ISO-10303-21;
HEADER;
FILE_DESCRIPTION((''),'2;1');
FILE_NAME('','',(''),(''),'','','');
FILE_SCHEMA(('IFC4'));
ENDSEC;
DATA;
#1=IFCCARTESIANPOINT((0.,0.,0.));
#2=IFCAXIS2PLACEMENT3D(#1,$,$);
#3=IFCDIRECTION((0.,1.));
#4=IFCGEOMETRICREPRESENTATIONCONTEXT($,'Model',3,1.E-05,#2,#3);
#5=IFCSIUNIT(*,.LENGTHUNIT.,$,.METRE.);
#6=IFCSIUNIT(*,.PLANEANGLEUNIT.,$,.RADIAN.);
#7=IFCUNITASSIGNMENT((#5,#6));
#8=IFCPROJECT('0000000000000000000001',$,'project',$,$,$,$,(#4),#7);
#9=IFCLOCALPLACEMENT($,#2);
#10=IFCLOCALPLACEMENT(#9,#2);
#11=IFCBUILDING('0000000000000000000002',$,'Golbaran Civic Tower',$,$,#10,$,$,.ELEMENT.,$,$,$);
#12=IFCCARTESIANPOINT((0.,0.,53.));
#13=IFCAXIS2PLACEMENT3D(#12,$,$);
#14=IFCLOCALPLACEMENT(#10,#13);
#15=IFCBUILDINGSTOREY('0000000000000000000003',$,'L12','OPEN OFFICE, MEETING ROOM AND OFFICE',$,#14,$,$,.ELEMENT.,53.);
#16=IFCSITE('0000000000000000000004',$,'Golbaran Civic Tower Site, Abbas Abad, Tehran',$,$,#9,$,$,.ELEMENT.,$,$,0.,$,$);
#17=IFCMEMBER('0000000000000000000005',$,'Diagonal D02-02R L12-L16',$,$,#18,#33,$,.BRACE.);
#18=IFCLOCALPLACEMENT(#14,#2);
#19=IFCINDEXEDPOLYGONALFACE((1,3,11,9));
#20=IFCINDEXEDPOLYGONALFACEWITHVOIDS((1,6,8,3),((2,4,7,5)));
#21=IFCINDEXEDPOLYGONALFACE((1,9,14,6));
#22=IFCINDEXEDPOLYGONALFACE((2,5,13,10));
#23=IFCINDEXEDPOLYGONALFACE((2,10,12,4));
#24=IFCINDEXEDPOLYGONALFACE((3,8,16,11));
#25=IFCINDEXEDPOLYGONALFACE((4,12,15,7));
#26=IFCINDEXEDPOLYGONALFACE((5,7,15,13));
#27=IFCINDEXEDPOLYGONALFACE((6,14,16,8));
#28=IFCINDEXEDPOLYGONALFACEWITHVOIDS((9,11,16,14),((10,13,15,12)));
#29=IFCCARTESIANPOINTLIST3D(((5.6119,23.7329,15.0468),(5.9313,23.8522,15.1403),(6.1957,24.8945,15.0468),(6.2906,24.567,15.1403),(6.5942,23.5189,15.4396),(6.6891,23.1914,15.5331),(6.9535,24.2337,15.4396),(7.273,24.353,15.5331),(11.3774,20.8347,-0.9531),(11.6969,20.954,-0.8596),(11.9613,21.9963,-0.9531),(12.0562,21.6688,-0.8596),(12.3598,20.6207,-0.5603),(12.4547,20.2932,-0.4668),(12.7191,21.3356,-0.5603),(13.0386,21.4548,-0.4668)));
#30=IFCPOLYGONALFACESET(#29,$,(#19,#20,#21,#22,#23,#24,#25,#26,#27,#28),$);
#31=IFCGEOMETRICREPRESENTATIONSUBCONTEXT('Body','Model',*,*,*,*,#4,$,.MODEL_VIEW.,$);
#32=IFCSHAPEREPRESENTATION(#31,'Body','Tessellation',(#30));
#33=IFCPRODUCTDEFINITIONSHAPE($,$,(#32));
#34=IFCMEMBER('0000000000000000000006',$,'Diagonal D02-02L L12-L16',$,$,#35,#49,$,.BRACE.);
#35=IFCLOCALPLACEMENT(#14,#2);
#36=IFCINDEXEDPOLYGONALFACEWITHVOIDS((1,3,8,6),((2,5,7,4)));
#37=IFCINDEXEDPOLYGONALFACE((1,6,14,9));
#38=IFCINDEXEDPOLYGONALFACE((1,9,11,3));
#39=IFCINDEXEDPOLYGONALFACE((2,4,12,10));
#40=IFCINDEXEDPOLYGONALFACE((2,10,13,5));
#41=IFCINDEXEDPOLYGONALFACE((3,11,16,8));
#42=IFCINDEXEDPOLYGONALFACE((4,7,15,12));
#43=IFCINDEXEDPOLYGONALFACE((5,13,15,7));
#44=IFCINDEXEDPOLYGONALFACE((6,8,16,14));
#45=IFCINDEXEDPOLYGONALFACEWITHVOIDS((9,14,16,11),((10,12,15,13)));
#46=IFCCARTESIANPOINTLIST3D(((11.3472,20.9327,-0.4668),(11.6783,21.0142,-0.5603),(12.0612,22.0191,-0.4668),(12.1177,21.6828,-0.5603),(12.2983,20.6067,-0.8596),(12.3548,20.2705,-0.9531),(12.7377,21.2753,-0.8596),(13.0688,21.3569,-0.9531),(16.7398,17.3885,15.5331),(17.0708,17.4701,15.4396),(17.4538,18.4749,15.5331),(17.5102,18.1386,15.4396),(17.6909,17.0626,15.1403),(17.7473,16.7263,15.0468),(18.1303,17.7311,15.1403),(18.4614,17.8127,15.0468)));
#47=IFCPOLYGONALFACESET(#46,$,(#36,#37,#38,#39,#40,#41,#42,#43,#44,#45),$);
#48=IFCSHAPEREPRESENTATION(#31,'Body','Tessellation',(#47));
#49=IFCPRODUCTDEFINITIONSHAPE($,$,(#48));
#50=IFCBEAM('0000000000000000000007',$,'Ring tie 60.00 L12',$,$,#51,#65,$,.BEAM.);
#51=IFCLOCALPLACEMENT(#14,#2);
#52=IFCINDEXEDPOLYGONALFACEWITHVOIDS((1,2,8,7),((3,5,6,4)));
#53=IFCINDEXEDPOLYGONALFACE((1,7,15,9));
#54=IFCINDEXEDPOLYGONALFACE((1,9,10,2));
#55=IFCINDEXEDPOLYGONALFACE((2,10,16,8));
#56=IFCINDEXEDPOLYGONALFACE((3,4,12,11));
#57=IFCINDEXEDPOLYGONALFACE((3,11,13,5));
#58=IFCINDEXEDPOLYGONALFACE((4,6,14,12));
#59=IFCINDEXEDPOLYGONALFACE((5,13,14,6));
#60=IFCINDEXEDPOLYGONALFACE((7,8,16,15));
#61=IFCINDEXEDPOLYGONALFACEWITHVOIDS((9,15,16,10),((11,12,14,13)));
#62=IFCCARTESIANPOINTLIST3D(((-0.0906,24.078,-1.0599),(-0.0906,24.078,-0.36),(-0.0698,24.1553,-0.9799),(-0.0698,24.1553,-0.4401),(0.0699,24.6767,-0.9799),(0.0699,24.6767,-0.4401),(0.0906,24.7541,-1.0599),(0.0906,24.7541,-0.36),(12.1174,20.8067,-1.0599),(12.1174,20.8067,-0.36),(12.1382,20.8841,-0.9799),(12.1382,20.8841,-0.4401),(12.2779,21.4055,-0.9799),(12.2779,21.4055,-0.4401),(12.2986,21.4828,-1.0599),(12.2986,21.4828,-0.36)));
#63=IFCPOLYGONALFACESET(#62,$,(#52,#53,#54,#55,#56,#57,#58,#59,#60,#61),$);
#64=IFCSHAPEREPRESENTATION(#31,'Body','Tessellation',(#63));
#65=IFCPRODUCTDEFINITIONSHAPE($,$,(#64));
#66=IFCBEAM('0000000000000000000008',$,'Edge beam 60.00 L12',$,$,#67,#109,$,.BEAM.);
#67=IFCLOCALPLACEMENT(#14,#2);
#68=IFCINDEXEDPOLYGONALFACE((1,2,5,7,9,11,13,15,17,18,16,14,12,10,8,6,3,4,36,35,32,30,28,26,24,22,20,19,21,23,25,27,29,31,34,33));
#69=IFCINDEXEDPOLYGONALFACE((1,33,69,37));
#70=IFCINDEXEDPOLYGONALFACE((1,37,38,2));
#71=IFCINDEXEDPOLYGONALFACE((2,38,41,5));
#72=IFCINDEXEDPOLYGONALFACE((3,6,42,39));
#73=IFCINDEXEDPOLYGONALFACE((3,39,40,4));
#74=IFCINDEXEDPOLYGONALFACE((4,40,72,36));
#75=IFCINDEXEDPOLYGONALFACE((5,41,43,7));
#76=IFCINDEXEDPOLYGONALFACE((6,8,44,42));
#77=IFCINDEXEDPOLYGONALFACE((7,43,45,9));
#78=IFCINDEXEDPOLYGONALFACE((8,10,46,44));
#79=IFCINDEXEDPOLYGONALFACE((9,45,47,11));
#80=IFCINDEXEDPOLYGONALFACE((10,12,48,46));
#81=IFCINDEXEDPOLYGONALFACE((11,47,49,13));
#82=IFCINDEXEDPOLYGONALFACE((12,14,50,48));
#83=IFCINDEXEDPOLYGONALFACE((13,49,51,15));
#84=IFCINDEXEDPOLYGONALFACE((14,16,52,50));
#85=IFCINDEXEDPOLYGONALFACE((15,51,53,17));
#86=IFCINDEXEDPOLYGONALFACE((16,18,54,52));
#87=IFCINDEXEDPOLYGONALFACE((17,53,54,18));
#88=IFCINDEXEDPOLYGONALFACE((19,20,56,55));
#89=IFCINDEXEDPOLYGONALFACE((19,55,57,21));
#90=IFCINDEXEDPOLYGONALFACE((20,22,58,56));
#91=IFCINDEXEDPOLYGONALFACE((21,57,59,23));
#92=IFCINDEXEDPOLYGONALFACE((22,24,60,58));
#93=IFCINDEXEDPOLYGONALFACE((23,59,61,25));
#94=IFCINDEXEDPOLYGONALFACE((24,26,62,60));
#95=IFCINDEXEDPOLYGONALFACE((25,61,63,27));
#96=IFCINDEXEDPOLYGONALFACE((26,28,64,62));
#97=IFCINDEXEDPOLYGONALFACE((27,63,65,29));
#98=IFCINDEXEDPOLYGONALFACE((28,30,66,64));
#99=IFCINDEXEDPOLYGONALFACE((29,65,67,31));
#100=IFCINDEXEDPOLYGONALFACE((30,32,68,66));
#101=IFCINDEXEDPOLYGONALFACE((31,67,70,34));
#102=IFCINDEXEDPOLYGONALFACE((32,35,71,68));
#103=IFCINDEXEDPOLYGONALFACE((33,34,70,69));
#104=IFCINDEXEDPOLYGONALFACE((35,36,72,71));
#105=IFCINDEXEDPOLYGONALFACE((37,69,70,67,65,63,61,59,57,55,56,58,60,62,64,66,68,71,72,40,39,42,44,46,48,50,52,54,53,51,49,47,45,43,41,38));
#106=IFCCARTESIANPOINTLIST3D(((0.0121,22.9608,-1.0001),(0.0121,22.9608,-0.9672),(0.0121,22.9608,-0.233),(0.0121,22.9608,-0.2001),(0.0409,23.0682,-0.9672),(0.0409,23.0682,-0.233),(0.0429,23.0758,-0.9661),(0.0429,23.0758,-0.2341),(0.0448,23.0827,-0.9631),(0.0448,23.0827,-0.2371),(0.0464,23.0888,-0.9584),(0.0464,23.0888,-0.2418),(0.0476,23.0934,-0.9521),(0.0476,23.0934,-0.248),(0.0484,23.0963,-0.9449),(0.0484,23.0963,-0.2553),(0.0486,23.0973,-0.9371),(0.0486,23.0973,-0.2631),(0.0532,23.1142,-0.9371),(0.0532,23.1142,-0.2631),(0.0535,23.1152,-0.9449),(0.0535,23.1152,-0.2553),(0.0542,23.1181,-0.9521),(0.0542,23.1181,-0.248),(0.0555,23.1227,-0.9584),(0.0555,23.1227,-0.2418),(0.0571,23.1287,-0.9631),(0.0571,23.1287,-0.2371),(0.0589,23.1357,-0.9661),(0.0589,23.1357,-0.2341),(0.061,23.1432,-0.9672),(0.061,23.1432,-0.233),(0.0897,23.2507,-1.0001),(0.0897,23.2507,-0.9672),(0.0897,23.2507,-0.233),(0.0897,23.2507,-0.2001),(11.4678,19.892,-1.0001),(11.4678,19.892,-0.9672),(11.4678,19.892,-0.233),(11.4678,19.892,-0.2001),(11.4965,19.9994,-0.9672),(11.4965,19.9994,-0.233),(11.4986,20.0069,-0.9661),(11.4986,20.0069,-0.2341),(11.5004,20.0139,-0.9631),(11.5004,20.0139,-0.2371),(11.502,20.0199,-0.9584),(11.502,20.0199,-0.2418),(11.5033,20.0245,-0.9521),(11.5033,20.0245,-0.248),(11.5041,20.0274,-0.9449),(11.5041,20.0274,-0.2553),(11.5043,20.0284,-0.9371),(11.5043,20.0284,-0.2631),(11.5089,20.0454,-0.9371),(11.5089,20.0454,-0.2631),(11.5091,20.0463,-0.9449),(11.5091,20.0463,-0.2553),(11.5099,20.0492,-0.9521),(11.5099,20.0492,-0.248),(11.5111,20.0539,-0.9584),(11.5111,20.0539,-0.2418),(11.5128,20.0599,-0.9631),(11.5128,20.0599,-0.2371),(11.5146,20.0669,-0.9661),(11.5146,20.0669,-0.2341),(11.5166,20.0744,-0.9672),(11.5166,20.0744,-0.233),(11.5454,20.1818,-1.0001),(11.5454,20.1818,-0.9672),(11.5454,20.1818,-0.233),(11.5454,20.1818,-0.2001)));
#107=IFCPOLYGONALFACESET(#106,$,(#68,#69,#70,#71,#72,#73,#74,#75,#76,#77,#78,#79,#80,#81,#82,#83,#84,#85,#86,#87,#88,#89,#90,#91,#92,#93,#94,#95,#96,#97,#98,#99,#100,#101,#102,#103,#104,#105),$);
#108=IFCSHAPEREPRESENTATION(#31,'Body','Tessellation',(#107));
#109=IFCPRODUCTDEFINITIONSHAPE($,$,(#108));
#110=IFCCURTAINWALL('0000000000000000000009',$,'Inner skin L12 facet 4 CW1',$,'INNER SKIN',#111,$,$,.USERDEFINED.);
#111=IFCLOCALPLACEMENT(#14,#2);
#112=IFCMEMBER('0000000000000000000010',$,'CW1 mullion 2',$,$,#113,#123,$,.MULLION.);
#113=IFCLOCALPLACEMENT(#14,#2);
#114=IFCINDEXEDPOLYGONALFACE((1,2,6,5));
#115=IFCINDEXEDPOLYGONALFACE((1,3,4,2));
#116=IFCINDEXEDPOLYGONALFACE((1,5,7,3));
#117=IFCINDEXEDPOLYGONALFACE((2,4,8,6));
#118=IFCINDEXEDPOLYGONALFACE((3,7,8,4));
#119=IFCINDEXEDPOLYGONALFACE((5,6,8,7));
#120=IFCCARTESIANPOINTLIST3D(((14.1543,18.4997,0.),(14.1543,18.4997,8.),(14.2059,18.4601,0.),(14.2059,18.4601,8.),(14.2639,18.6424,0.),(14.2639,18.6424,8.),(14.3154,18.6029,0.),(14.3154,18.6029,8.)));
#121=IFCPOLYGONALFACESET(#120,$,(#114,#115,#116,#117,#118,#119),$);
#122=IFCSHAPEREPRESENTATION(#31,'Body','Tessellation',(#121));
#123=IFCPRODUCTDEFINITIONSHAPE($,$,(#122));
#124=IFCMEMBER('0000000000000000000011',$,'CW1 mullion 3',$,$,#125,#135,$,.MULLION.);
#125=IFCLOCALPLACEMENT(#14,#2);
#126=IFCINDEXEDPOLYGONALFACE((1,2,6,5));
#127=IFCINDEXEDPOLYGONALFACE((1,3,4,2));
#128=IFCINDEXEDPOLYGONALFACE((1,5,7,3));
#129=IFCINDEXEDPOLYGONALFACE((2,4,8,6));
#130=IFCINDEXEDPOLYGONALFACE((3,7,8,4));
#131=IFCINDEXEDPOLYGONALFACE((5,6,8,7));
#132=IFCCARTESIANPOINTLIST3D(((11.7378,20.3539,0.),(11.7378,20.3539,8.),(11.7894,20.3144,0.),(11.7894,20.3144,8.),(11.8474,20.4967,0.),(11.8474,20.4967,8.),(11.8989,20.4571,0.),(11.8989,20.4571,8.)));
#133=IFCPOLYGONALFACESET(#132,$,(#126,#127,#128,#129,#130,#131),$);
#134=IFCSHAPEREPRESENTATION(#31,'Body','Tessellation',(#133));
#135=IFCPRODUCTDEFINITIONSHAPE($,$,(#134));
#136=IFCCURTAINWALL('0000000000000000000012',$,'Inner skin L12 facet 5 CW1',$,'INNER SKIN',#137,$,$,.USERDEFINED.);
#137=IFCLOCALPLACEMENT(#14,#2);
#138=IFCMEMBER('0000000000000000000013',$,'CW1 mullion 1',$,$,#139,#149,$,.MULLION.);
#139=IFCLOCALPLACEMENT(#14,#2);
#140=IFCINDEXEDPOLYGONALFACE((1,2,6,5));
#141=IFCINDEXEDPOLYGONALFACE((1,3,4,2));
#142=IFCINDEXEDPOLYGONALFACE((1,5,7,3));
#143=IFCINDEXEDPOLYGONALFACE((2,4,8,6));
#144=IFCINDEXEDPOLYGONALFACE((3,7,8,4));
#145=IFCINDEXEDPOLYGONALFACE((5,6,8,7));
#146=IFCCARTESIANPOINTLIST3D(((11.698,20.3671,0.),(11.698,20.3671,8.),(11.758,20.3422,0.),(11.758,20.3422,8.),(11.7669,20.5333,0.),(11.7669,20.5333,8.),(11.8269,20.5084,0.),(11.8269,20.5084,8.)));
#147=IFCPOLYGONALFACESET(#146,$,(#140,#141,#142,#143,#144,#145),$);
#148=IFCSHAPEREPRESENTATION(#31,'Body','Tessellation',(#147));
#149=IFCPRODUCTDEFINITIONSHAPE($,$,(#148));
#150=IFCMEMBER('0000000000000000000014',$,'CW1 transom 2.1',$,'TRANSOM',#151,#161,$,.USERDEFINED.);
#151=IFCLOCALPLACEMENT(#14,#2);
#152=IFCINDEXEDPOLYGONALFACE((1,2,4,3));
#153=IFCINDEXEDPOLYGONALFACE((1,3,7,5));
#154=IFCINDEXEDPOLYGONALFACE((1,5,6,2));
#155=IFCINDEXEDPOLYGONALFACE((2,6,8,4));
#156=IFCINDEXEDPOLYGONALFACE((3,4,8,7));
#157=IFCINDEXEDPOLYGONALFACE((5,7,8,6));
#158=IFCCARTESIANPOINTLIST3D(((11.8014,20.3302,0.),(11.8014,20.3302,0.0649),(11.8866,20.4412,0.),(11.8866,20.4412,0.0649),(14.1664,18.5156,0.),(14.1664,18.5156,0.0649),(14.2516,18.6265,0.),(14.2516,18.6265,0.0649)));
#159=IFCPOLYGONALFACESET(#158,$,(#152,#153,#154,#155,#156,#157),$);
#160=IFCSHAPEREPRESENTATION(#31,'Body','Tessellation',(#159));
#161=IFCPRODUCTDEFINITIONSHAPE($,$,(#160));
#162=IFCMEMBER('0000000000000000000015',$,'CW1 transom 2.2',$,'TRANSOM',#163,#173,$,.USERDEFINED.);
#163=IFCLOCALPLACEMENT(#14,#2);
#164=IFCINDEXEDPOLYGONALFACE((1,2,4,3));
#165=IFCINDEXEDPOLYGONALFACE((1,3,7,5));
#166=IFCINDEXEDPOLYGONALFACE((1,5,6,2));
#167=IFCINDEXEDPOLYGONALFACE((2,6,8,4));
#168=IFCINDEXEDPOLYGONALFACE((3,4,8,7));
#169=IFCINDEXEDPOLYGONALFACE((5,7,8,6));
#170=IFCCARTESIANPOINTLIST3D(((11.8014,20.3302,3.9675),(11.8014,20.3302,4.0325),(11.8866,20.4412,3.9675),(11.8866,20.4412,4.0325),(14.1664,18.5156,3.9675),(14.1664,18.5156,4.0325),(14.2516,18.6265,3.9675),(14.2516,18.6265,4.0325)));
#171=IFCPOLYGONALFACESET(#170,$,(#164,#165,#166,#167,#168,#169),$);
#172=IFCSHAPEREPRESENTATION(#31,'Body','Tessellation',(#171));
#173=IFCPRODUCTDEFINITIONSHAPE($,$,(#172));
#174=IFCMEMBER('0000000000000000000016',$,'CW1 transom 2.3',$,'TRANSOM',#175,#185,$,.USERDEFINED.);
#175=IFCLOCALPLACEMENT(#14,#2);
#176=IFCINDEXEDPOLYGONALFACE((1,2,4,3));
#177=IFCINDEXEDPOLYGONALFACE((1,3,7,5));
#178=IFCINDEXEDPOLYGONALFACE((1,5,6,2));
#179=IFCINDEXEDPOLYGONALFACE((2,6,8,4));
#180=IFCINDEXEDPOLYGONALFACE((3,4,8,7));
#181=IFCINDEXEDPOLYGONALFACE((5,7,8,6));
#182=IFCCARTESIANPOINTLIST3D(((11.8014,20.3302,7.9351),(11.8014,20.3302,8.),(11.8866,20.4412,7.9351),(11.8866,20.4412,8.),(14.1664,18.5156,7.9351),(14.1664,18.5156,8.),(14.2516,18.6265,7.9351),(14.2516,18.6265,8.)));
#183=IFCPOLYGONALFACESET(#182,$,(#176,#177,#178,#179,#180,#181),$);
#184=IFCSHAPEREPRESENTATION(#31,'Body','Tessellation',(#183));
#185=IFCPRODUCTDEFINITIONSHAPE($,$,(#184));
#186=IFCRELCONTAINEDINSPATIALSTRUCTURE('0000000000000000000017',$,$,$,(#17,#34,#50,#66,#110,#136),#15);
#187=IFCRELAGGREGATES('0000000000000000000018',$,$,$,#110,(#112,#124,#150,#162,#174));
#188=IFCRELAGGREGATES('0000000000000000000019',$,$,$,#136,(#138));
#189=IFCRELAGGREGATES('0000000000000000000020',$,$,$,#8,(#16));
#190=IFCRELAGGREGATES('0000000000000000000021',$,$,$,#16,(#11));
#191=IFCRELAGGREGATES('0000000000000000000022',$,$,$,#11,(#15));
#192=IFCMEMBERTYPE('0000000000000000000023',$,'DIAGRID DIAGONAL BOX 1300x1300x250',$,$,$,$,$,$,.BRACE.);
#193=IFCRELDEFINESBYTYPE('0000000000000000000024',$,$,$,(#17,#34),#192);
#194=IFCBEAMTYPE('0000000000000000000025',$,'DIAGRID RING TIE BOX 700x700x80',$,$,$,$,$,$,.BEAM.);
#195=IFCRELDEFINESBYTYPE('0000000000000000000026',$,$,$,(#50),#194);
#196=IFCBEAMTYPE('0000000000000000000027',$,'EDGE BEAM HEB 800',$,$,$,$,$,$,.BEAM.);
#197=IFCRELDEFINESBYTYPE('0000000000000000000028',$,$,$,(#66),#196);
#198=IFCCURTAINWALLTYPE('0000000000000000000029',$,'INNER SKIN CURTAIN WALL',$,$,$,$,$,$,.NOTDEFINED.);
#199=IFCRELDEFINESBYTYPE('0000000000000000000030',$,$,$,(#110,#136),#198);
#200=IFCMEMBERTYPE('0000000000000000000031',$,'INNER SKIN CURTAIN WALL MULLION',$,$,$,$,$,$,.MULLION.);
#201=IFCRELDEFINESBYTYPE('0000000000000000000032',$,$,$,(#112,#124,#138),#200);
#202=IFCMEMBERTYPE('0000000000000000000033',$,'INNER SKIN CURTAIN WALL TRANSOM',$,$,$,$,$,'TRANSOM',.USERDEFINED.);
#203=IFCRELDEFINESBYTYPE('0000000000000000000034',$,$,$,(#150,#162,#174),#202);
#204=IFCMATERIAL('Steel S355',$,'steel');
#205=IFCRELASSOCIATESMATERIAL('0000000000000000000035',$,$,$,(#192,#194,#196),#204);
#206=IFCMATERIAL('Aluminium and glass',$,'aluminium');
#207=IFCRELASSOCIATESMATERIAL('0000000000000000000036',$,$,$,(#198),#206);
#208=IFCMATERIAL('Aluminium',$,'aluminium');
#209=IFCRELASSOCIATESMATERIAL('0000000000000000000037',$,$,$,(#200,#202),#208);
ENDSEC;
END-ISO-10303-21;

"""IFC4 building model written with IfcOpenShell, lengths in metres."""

from ifc_helpers import new_model, si_unit, direction, frame, origin, origin_2d, place, context, subcontext, project, spatial, rectangle, hollow_rectangle, i_section, extrude, material, material_profile, profile_set, type_object, element, aggregate, save


model = new_model("IFC4")

# Units and contexts
model_context = context("Model", 3, precision=1e-05, world=origin(), true_north=direction((0.0, 1.0)))
body_context = subcontext(model_context, "Body", "Model", "MODEL_VIEW")
ifc_project = project(units=[si_unit("LENGTHUNIT", "METRE"), si_unit("PLANEANGLEUNIT", "RADIAN")], contexts=[model_context])

# Site, building, storey
site_placement = place(None, origin())
site = spatial("IfcSite", under=ifc_project, at=site_placement, Name="Golbaran Civic Tower Site, Abbas Abad, Tehran", CompositionType="ELEMENT", RefElevation=0.0)
building_placement = place(site_placement, origin())
building = spatial("IfcBuilding", under=site, at=building_placement, Name="Golbaran Civic Tower", CompositionType="ELEMENT")
storey_placement = place(building_placement, frame((0.0, 0.0, 53.0)))
storey = spatial("IfcBuildingStorey", under=building, at=storey_placement, Name="L12", Description="OPEN OFFICE, MEETING ROOM AND OFFICE", CompositionType="ELEMENT", Elevation=53.0)

# Members
ifc_material_1 = material(Name="Steel S355", Category="steel")
ifc_material_profile_1 = material_profile(ifc_material_1, hollow_rectangle(XDim=1.3, YDim=1.3, WallThickness=0.25, at=origin_2d()), Name="BOX 1300x1300x250")
ifc_profile_set_1 = profile_set([ifc_material_profile_1], Name="Steel S355")
member_type_1 = type_object("IfcMemberType", Name="DIAGRID DIAGONAL BOX 1300x1300x250", PredefinedType="BRACE", material=ifc_profile_set_1)
for number, where, z_axis, x_axis, name in (
    (1, (12.208, 21.1448, -0.71), (-0.334195, 0.167989, 0.927412), (-0.449119, -0.893472, 0.0), "Diagonal D02-02R L12-L16"),
    (2, (12.208, 21.1448, -0.71), (0.312572, -0.205433, 0.927414), (0.549231, 0.83567, 0.0), "Diagonal D02-02L L12-L16"),
):
    element("IfcMember", number, at=place(storey_placement, frame(where, z_axis=z_axis, x_axis=x_axis)), inside=storey, type_object=member_type_1, Name=name, PredefinedType="BRACE", context=body_context, shape_type="SweptSolid", body=[
        extrude(hollow_rectangle(XDim=1.3, YDim=1.3, WallThickness=0.25, at=origin_2d()), origin(), (0.0, 0.0, 1.0), 17.2522),
    ])

# Beams
ifc_material_profile_2 = material_profile(ifc_material_1, hollow_rectangle(XDim=0.7, YDim=0.7, WallThickness=0.0801, at=origin_2d()), Name="BOX 700x700x80")
ifc_profile_set_2 = profile_set([ifc_material_profile_2], Name="Steel S355")
beam_type_1 = type_object("IfcBeamType", Name="DIAGRID RING TIE BOX 700x700x80", PredefinedType="BEAM", material=ifc_profile_set_2)
beam_1_placement = place(storey_placement, frame((12.208, 21.1448, -0.71), z_axis=(-0.965924, 0.258827, 0.0), x_axis=(-0.258827, -0.965924, 0.0)))
element("IfcBeam", 3, at=beam_1_placement, inside=storey, type_object=beam_type_1, Name="Ring tie 60.00 L12", PredefinedType="BEAM", context=body_context, shape_type="SweptSolid", body=[
    extrude(hollow_rectangle(XDim=0.7, YDim=0.7, WallThickness=0.0801, at=origin_2d()), origin(), (0.0, 0.0, 1.0), 12.6387),
])
ifc_material_profile_3 = material_profile(ifc_material_1, i_section(OverallWidth=0.3, OverallDepth=0.8, WebThickness=0.0176, FlangeThickness=0.033, FilletRadius=0.03, at=origin_2d()), Name="HEB 800")
ifc_profile_set_3 = profile_set([ifc_material_profile_3], Name="Steel S355")
beam_type_2 = type_object("IfcBeamType", Name="EDGE BEAM HEB 800", PredefinedType="BEAM", material=ifc_profile_set_3)
beam_2_placement = place(storey_placement, frame((11.5066, 20.0369, -0.6001), z_axis=(-0.96594, 0.258767, 0.0), x_axis=(-0.258767, -0.96594, 0.0)))
element("IfcBeam", 4, at=beam_2_placement, inside=storey, type_object=beam_type_2, Name="Edge beam 60.00 L12", PredefinedType="BEAM", context=body_context, shape_type="SweptSolid", body=[
    extrude(i_section(OverallWidth=0.3, OverallDepth=0.8, WebThickness=0.0176, FlangeThickness=0.033, FilletRadius=0.03, at=origin_2d()), origin(), (0.0, 0.0, 1.0), 11.8596),
])

# Curtain wall, members
ifc_material_2 = material(Name="Aluminium and glass", Category="aluminium")
curtain_wall_type_1 = type_object("IfcCurtainWallType", Name="INNER SKIN CURTAIN WALL", PredefinedType="NOTDEFINED", material=ifc_material_2)
curtain_wall_1_placement = place(storey_placement, origin())
curtain_wall_1 = element("IfcCurtainWall", 5, at=curtain_wall_1_placement, inside=storey, type_object=curtain_wall_type_1, Name="Inner skin L12 facet 4 CW1", ObjectType="INNER SKIN", PredefinedType="USERDEFINED")
ifc_material_3 = material(Name="Aluminium", Category="aluminium")
ifc_material_profile_4 = material_profile(ifc_material_3, rectangle(XDim=0.1799, YDim=0.0649, at=origin_2d()), Name="INNER SKIN CURTAIN WALL MULLION")
ifc_profile_set_4 = profile_set([ifc_material_profile_4], Name="Aluminium")
member_type_2 = type_object("IfcMemberType", Name="INNER SKIN CURTAIN WALL MULLION", PredefinedType="MULLION", material=ifc_profile_set_4)
member_1_placement = place(storey_placement, frame((14.2349, 18.5513, 0.0), z_axis=(0.0, 0.0, 1.0), x_axis=(-0.608761, -0.793353, 0.0)))
member_1 = element("IfcMember", 6, at=member_1_placement, type_object=member_type_2, Name="CW1 mullion 2", PredefinedType="MULLION", context=body_context, shape_type="SweptSolid", body=[
    extrude(rectangle(XDim=0.1799, YDim=0.0649, at=origin_2d()), origin(), (0.0, 0.0, 1.0), 8.0),
])
member_2_placement = place(storey_placement, frame((11.8184, 20.4055, 0.0), z_axis=(0.0, 0.0, 1.0), x_axis=(-0.608761, -0.793353, 0.0)))
member_2 = element("IfcMember", 7, at=member_2_placement, type_object=member_type_2, Name="CW1 mullion 3", PredefinedType="MULLION", context=body_context, shape_type="SweptSolid", body=[
    extrude(rectangle(XDim=0.1799, YDim=0.0649, at=origin_2d()), origin(), (0.0, 0.0, 1.0), 8.0),
])

# Curtain wall, member
curtain_wall_2_placement = place(storey_placement, origin())
curtain_wall_2 = element("IfcCurtainWall", 8, at=curtain_wall_2_placement, inside=storey, type_object=curtain_wall_type_1, Name="Inner skin L12 facet 5 CW1", ObjectType="INNER SKIN", PredefinedType="USERDEFINED")
member_3_placement = place(storey_placement, frame((11.7625, 20.4377, 0.0), z_axis=(0.0, 0.0, 1.0), x_axis=(-0.382683, -0.92388, 0.0)))
member_3 = element("IfcMember", 9, at=member_3_placement, type_object=member_type_2, Name="CW1 mullion 1", PredefinedType="MULLION", context=body_context, shape_type="SweptSolid", body=[
    extrude(rectangle(XDim=0.1799, YDim=0.0649, at=origin_2d()), origin(), (0.0, 0.0, 1.0), 8.0),
])

# Members
ifc_material_profile_5 = material_profile(ifc_material_3, rectangle(XDim=0.1399, YDim=0.0649, at=origin_2d()), Name="INNER SKIN CURTAIN WALL TRANSOM")
ifc_profile_set_5 = profile_set([ifc_material_profile_5], Name="Aluminium")
member_type_3 = type_object("IfcMemberType", Name="INNER SKIN CURTAIN WALL TRANSOM", ElementType="TRANSOM", PredefinedType="USERDEFINED", material=ifc_profile_set_5)
member_4_placement = place(storey_placement, frame((14.209, 18.571, 0.0325), z_axis=(-0.793357, 0.608756, 0.0), x_axis=(-0.608756, -0.793357, 0.0)))
member_4 = element("IfcMember", 10, at=member_4_placement, type_object=member_type_3, Name="CW1 transom 2.1", ObjectType="TRANSOM", PredefinedType="USERDEFINED", context=body_context, shape_type="SweptSolid", body=[
    extrude(rectangle(XDim=0.1399, YDim=0.0649, at=origin_2d()), origin(), (0.0, 0.0, 1.0), 2.981),
])
member_5_placement = place(storey_placement, frame((14.209, 18.571, 4.0), z_axis=(-0.793357, 0.608756, 0.0), x_axis=(-0.608756, -0.793357, 0.0)))
member_5 = element("IfcMember", 11, at=member_5_placement, type_object=member_type_3, Name="CW1 transom 2.2", ObjectType="TRANSOM", PredefinedType="USERDEFINED", context=body_context, shape_type="SweptSolid", body=[
    extrude(rectangle(XDim=0.1399, YDim=0.0649, at=origin_2d()), origin(), (0.0, 0.0, 1.0), 2.981),
])
member_6_placement = place(storey_placement, frame((14.209, 18.571, 7.9675), z_axis=(-0.793357, 0.608756, 0.0), x_axis=(-0.608756, -0.793357, 0.0)))
member_6 = element("IfcMember", 12, at=member_6_placement, type_object=member_type_3, Name="CW1 transom 2.3", ObjectType="TRANSOM", PredefinedType="USERDEFINED", context=body_context, shape_type="SweptSolid", body=[
    extrude(rectangle(XDim=0.1399, YDim=0.0649, at=origin_2d()), origin(), (0.0, 0.0, 1.0), 2.981),
])

aggregate(curtain_wall_1, [member_1, member_2, member_4, member_5, member_6])
aggregate(curtain_wall_2, [member_3])

save(model, "model.ifc")
